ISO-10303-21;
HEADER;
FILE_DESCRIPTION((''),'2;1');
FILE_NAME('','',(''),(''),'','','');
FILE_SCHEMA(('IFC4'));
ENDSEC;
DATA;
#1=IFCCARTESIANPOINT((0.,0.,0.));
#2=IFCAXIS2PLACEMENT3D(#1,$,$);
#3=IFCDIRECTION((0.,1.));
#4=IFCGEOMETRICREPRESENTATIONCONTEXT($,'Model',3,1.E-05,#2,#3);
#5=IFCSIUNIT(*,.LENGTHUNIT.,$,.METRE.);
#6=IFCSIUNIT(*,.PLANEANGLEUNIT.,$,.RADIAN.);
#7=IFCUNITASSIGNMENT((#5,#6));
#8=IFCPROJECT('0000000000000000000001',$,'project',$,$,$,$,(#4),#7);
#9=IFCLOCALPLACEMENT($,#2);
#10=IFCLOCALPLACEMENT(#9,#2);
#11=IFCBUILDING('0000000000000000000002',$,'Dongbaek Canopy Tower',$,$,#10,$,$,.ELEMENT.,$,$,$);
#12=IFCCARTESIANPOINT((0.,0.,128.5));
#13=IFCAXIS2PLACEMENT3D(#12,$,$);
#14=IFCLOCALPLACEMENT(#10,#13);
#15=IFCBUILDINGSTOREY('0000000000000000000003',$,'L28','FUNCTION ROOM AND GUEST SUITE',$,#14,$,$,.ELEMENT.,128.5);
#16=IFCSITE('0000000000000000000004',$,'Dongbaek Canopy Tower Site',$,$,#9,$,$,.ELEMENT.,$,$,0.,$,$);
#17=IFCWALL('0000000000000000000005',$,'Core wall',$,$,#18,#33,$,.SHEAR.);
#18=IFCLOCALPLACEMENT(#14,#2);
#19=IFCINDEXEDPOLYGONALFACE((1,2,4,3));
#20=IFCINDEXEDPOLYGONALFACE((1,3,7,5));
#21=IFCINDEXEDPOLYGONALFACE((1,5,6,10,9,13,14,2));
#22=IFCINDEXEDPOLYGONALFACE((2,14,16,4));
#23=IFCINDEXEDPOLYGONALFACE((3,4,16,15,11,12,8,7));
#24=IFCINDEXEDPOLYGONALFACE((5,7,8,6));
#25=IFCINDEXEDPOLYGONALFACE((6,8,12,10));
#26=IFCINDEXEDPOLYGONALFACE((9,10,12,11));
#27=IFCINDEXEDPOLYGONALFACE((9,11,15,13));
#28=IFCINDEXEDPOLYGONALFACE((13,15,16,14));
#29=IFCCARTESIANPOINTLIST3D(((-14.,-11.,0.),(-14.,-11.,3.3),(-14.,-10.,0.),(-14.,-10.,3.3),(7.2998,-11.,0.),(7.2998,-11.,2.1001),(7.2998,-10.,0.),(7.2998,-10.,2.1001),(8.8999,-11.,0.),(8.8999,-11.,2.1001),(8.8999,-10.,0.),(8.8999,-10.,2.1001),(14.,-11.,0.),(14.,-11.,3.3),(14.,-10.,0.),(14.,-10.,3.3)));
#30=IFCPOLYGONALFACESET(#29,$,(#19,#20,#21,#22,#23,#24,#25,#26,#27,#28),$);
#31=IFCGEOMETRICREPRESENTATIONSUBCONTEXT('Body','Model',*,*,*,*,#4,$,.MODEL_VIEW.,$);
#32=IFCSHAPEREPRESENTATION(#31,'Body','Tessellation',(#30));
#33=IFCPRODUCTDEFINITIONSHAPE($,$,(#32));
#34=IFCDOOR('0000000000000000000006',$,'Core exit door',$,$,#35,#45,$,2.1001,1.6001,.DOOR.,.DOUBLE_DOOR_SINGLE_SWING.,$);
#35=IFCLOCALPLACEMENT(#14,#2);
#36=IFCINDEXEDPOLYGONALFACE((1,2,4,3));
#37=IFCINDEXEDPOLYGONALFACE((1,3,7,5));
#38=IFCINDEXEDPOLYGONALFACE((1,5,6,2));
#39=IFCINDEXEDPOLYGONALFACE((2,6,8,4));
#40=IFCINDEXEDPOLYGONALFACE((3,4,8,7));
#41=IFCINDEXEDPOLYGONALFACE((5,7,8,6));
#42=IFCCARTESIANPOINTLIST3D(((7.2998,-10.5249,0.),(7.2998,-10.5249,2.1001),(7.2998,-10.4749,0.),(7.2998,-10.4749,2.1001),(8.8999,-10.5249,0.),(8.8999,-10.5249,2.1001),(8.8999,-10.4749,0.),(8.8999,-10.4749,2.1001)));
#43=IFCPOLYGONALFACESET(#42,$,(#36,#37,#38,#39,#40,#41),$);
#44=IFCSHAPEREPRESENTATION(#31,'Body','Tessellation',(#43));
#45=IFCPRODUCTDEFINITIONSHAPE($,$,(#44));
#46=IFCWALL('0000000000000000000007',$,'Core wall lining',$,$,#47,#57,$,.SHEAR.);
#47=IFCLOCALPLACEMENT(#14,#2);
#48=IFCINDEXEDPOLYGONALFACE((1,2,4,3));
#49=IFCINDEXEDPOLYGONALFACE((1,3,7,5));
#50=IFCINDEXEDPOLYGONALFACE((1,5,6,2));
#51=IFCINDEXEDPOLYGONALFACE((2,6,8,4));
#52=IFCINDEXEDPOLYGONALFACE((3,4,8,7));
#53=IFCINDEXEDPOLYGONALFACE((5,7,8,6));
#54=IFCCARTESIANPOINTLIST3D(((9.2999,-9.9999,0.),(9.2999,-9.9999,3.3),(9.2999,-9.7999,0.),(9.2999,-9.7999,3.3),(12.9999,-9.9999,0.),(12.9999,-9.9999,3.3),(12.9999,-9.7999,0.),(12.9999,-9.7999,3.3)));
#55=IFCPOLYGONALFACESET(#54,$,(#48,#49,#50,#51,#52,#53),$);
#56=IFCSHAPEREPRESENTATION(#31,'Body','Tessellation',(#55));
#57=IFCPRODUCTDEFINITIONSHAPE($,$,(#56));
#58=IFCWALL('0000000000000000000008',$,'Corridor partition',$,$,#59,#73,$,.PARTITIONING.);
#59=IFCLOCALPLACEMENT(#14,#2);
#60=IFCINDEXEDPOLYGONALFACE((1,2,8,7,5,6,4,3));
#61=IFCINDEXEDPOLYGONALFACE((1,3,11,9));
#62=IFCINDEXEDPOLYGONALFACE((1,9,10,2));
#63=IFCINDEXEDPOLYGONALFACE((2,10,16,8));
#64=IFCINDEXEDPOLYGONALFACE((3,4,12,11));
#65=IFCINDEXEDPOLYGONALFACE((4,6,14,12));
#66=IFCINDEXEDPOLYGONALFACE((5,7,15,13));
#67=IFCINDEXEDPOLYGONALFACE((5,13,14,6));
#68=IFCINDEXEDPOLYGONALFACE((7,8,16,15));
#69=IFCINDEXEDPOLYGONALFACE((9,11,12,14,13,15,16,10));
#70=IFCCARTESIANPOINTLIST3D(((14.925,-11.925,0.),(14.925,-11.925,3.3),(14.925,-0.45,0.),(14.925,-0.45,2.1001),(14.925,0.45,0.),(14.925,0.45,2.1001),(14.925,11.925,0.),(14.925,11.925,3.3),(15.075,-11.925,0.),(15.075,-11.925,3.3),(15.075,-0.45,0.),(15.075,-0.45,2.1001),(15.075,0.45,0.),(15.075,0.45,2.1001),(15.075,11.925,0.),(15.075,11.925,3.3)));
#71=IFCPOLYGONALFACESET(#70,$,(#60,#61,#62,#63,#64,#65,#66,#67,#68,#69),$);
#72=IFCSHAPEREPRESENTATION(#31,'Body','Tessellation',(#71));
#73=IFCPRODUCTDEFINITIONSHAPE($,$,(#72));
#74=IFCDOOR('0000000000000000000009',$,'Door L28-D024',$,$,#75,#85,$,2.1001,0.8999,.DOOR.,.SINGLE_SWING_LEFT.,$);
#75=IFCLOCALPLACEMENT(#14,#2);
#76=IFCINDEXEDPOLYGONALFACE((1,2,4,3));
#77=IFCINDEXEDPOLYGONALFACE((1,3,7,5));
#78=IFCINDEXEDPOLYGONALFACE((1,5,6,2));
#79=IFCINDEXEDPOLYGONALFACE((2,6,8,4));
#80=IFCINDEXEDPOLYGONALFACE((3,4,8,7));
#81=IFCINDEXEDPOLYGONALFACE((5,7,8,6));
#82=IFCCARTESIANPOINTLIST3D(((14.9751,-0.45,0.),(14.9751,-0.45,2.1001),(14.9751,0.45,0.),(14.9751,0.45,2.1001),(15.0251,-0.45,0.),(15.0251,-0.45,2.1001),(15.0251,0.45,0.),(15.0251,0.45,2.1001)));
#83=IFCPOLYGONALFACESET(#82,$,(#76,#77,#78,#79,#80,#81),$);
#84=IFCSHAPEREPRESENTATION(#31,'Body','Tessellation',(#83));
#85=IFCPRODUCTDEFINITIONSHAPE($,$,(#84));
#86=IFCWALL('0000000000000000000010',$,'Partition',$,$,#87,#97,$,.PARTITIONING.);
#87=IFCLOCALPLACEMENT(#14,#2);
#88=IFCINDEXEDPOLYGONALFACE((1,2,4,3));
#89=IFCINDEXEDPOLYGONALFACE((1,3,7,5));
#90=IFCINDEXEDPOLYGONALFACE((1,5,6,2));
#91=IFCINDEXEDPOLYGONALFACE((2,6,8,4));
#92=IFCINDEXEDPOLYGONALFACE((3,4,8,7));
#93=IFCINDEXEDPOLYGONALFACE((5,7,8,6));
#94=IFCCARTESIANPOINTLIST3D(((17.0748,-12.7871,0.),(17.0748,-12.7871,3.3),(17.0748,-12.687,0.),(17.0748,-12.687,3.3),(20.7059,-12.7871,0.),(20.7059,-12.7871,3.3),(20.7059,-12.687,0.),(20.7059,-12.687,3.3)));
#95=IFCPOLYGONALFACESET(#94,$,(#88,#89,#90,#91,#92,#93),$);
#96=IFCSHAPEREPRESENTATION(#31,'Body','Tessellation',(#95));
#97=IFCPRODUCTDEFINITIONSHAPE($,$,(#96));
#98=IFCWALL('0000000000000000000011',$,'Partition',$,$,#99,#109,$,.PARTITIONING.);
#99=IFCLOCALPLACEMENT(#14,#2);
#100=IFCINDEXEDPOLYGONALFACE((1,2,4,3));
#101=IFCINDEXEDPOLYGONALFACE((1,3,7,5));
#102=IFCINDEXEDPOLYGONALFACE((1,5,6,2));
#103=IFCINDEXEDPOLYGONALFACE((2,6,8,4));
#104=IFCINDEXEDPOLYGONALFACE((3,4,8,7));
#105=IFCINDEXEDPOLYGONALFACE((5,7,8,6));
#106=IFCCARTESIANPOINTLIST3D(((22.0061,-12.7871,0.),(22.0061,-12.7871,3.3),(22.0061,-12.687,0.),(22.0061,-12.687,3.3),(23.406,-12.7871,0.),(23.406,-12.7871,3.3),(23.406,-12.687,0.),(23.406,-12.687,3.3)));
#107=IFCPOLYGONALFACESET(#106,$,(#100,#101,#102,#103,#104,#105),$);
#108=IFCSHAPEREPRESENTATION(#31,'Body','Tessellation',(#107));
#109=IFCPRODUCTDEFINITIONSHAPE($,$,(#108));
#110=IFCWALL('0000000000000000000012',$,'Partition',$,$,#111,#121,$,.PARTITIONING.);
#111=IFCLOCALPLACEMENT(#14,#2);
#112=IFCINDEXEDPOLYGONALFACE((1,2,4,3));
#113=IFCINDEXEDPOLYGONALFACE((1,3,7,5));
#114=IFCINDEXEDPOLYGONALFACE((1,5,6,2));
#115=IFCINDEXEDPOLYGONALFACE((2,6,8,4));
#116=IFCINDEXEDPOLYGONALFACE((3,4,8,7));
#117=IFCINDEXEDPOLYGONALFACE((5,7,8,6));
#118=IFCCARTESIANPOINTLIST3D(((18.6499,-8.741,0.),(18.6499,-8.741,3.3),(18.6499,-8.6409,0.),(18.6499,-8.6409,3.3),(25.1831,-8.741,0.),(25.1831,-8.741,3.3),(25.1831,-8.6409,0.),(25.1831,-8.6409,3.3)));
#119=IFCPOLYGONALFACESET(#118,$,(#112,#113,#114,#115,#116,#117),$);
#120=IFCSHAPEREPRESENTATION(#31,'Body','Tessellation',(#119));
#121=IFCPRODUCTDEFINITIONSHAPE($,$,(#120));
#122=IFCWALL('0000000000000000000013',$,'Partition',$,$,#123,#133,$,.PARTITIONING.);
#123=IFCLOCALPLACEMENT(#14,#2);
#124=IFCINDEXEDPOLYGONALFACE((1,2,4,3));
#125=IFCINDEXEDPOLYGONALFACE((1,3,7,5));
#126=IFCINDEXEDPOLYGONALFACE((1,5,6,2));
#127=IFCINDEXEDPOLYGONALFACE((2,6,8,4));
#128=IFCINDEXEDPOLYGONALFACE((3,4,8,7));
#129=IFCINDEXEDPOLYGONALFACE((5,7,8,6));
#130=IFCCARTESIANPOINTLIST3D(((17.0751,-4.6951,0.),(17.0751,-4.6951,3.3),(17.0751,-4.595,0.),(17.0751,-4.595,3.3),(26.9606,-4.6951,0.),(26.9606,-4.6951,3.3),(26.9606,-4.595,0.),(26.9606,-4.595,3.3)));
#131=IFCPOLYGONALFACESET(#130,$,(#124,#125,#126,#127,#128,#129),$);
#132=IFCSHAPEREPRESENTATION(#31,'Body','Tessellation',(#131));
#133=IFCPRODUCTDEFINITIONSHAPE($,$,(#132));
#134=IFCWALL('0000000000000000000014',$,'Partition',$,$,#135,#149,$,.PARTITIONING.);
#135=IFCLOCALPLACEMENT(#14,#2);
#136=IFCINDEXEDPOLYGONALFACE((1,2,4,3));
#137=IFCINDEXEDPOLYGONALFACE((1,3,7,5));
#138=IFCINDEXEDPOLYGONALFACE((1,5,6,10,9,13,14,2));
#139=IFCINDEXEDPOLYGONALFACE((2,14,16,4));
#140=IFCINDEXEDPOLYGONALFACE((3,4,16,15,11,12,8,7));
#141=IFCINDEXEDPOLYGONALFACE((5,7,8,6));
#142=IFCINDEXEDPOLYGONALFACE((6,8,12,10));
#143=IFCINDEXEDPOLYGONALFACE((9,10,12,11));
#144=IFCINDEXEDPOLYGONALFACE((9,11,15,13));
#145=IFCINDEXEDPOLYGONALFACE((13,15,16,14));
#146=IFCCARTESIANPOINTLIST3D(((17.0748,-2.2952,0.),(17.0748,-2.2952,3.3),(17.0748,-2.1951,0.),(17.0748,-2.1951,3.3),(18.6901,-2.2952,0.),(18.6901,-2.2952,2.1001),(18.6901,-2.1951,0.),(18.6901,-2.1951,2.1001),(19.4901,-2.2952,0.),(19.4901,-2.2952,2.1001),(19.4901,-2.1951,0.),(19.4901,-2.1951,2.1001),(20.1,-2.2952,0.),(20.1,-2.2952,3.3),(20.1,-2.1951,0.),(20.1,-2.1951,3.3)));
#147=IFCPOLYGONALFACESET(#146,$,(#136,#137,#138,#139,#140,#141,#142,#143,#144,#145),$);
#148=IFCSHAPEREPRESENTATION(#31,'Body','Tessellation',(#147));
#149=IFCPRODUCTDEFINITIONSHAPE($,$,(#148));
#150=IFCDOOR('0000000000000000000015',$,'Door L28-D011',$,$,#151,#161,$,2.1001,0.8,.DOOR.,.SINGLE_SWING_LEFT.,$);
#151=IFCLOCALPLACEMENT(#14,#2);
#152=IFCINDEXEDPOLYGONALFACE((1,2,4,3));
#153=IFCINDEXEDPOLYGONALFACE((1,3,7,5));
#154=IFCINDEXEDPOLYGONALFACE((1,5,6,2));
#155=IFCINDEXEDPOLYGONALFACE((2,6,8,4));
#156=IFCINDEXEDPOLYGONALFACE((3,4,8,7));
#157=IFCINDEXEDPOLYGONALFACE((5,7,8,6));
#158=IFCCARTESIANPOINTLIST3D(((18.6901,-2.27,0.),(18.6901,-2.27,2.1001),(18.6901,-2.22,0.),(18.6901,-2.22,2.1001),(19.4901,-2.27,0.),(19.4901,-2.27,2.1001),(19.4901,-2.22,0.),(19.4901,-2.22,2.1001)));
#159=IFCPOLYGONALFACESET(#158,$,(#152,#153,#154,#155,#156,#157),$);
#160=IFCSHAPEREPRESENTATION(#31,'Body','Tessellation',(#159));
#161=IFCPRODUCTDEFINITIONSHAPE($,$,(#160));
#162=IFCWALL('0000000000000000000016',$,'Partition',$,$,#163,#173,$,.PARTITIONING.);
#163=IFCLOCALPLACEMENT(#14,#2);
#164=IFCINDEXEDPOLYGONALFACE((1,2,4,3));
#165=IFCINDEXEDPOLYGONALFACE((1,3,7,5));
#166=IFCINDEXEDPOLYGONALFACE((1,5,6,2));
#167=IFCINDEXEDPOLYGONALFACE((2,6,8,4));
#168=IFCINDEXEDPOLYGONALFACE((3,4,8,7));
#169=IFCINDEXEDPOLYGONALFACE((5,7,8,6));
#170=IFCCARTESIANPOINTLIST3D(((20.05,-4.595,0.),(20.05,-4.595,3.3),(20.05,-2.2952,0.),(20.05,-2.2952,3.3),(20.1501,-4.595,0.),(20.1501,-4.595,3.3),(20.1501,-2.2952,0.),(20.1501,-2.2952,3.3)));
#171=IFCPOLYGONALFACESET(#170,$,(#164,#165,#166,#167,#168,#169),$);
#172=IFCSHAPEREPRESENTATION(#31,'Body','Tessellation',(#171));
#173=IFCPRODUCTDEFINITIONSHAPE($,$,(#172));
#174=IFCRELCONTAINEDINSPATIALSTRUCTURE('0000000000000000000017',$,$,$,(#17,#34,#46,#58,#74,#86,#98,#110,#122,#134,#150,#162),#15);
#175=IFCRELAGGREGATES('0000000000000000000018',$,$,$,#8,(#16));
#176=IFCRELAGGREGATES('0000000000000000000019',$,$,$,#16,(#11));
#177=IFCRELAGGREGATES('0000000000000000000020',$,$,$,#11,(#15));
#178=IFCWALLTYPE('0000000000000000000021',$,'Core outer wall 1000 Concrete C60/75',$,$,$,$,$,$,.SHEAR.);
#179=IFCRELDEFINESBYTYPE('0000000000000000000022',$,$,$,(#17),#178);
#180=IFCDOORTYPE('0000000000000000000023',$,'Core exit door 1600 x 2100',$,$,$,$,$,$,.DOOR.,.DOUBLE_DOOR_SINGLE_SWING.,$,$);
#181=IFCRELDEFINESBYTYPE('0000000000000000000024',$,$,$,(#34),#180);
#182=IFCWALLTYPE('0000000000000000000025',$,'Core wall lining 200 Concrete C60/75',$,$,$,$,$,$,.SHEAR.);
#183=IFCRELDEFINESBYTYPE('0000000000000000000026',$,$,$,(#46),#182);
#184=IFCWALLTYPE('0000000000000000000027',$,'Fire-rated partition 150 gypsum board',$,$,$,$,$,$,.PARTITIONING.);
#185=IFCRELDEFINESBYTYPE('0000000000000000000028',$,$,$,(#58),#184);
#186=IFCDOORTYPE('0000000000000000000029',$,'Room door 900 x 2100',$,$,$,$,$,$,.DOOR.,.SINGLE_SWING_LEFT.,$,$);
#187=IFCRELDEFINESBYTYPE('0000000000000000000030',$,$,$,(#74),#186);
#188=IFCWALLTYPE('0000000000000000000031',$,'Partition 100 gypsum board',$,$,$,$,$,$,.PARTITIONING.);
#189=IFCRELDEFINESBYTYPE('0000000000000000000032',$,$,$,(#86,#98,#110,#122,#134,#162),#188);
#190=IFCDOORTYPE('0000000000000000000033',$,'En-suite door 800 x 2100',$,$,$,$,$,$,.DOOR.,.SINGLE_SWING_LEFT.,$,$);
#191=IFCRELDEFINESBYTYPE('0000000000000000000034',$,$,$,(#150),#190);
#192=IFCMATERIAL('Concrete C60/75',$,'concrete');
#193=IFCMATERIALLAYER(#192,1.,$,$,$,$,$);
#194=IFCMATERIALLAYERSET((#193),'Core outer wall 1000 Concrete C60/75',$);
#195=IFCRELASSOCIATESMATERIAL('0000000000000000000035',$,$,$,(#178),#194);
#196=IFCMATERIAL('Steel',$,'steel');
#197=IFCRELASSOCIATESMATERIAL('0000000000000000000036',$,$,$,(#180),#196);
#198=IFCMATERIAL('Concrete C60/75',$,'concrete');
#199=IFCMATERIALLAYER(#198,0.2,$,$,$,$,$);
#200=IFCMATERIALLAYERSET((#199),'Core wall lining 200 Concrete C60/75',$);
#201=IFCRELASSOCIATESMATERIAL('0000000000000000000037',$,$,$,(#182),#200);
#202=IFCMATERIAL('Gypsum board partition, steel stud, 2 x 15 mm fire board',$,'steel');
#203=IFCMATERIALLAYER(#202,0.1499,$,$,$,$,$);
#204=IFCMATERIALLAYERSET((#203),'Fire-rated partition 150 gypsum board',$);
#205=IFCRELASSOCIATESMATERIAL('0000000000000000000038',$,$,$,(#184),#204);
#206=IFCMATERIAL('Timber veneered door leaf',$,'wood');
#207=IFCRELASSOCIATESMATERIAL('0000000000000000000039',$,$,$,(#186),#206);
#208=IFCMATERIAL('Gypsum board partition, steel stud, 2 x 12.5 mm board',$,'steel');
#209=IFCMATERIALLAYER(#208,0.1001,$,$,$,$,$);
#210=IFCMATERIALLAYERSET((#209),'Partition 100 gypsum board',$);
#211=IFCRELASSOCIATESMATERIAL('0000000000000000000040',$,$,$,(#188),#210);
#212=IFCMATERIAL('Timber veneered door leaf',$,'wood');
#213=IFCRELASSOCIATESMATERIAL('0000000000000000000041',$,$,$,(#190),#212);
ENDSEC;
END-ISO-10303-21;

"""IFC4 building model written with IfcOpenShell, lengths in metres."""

from ifc_helpers import new_model, si_unit, direction, frame, frame_2d, origin, place, context, subcontext, project, spatial, rectangle, extrude, material, layer, layer_set, type_object, element, fill, save


model = new_model("IFC4")

# Units and contexts
model_context = context("Model", 3, precision=1e-05, world=origin(), true_north=direction((0.0, 1.0)))
body_context = subcontext(model_context, "Body", "Model", "MODEL_VIEW")
ifc_project = project(units=[si_unit("LENGTHUNIT", "METRE"), si_unit("PLANEANGLEUNIT", "RADIAN")], contexts=[model_context])

# Site, building, storey
site_placement = place(None, origin())
site = spatial("IfcSite", under=ifc_project, at=site_placement, Name="Dongbaek Canopy Tower Site", CompositionType="ELEMENT", RefElevation=0.0)
building_placement = place(site_placement, origin())
building = spatial("IfcBuilding", under=site, at=building_placement, Name="Dongbaek Canopy Tower", CompositionType="ELEMENT")
storey_placement = place(building_placement, frame((0.0, 0.0, 128.5)))
storey = spatial("IfcBuildingStorey", under=building, at=storey_placement, Name="L28", Description="FUNCTION ROOM AND GUEST SUITE", CompositionType="ELEMENT", Elevation=128.5)

# Wall, opening, door
ifc_material_1 = material(Name="Concrete C60/75", Category="concrete")
ifc_layer_1 = layer(ifc_material_1, 1.0)
ifc_layer_set_1 = layer_set([ifc_layer_1], Name="Core outer wall 1000 Concrete C60/75")
wall_type_1 = type_object("IfcWallType", Name="Core outer wall 1000 Concrete C60/75", PredefinedType="SHEAR", material=ifc_layer_set_1)
wall_1_placement = place(storey_placement, frame((14.0, -10.5, 0.0), z_axis=(0.0, 0.0, 1.0), x_axis=(-1.0, 0.0, 0.0)))
wall_1 = element("IfcWall", 1, at=wall_1_placement, inside=storey, type_object=wall_type_1, Name="Core wall", PredefinedType="SHEAR", context=body_context, shape_type="SweptSolid", body=[
    extrude(rectangle(XDim=28.0, YDim=1.0, at=frame_2d((14.0, 0.0))), origin(), (0.0, 0.0, 1.0), 3.3),
])
opening_1_placement = place(wall_1_placement, frame((5.1001, 0.0, 0.0)))
opening_1 = element("IfcOpeningElement", 2, at=opening_1_placement, cuts=wall_1, PredefinedType="OPENING", context=body_context, shape_type="SweptSolid", body=[
    extrude(rectangle(XDim=1.6001, YDim=2.1001, at=frame_2d((0.8, 1.05))), frame((0.0, 0.51, 0.0), z_axis=(0.0, -1.0, 0.0), x_axis=(1.0, 0.0, 0.0)), (0.0, 0.0, 1.0), 1.02),
])
ifc_material_2 = material(Name="Steel", Category="steel")
door_type_1 = type_object("IfcDoorType", Name="Core exit door 1600 x 2100", OperationType="DOUBLE_DOOR_SINGLE_SWING", PredefinedType="DOOR", material=ifc_material_2)
door_1_placement = place(opening_1_placement, origin())
door_1 = element("IfcDoor", 3, at=door_1_placement, inside=storey, type_object=door_type_1, Name="Core exit door", OperationType="DOUBLE_DOOR_SINGLE_SWING", OverallHeight=2.1001, OverallWidth=1.6001, PredefinedType="DOOR", context=body_context, shape_type="SweptSolid", body=[
    extrude(rectangle(XDim=1.6001, YDim=2.1001, at=frame_2d((0.8, 1.05))), frame((0.0, 0.0249, 0.0), z_axis=(0.0, -1.0, 0.0), x_axis=(1.0, 0.0, 0.0)), (0.0, 0.0, 1.0), 0.05),
])
fill(opening_1, door_1)

# Wall
ifc_material_3 = material(Name="Concrete C60/75", Category="concrete")
ifc_layer_2 = layer(ifc_material_3, 0.2)
ifc_layer_set_2 = layer_set([ifc_layer_2], Name="Core wall lining 200 Concrete C60/75")
wall_type_2 = type_object("IfcWallType", Name="Core wall lining 200 Concrete C60/75", PredefinedType="SHEAR", material=ifc_layer_set_2)
wall_2_placement = place(storey_placement, frame((13.0, -9.8999, 0.0), z_axis=(0.0, 0.0, 1.0), x_axis=(-1.0, 0.0, 0.0)))
element("IfcWall", 4, at=wall_2_placement, inside=storey, type_object=wall_type_2, Name="Core wall lining", PredefinedType="SHEAR", context=body_context, shape_type="SweptSolid", body=[
    extrude(rectangle(XDim=3.7, YDim=0.2, at=frame_2d((1.8501, 0.0))), origin(), (0.0, 0.0, 1.0), 3.3),
])

# Wall, opening, door
ifc_material_4 = material(Name="Gypsum board partition, steel stud, 2 x 15 mm fire board", Category="steel")
ifc_layer_3 = layer(ifc_material_4, 0.1499)
ifc_layer_set_3 = layer_set([ifc_layer_3], Name="Fire-rated partition 150 gypsum board")
wall_type_3 = type_object("IfcWallType", Name="Fire-rated partition 150 gypsum board", PredefinedType="PARTITIONING", material=ifc_layer_set_3)
wall_3_placement = place(storey_placement, frame((15.0, -11.925, 0.0), z_axis=(0.0, 0.0, 1.0), x_axis=(0.0, 1.0, 0.0)))
wall_3 = element("IfcWall", 5, at=wall_3_placement, inside=storey, type_object=wall_type_3, Name="Corridor partition", PredefinedType="PARTITIONING", context=body_context, shape_type="SweptSolid", body=[
    extrude(rectangle(XDim=23.8501, YDim=0.1499, at=frame_2d((11.925, 0.0))), origin(), (0.0, 0.0, 1.0), 3.3),
])
opening_2_placement = place(wall_3_placement, frame((11.4751, 0.0, 0.0)))
opening_2 = element("IfcOpeningElement", 6, at=opening_2_placement, cuts=wall_3, PredefinedType="OPENING", context=body_context, shape_type="SweptSolid", body=[
    extrude(rectangle(XDim=0.8999, YDim=2.1001, at=frame_2d((0.45, 1.05))), frame((0.0, 0.085, 0.0), z_axis=(0.0, -1.0, 0.0), x_axis=(1.0, 0.0, 0.0)), (0.0, 0.0, 1.0), 0.1699),
])
ifc_material_5 = material(Name="Timber veneered door leaf", Category="wood")
door_type_2 = type_object("IfcDoorType", Name="Room door 900 x 2100", OperationType="SINGLE_SWING_LEFT", PredefinedType="DOOR", material=ifc_material_5)
door_2_placement = place(opening_2_placement, origin())
door_2 = element("IfcDoor", 7, at=door_2_placement, inside=storey, type_object=door_type_2, Name="Door L28-D024", OperationType="SINGLE_SWING_LEFT", OverallHeight=2.1001, OverallWidth=0.8999, PredefinedType="DOOR", context=body_context, shape_type="SweptSolid", body=[
    extrude(rectangle(XDim=0.8999, YDim=2.1001, at=frame_2d((0.45, 1.05))), frame((0.0, 0.0249, 0.0), z_axis=(0.0, -1.0, 0.0), x_axis=(1.0, 0.0, 0.0)), (0.0, 0.0, 1.0), 0.05),
])
fill(opening_2, door_2)

# Walls
ifc_material_6 = material(Name="Gypsum board partition, steel stud, 2 x 12.5 mm board", Category="steel")
ifc_layer_4 = layer(ifc_material_6, 0.1001)
ifc_layer_set_4 = layer_set([ifc_layer_4], Name="Partition 100 gypsum board")
wall_type_4 = type_object("IfcWallType", Name="Partition 100 gypsum board", PredefinedType="PARTITIONING", material=ifc_layer_set_4)
wall_4_placement = place(storey_placement, frame((17.075, -12.7371, 0.0), z_axis=(0.0, 0.0, 1.0), x_axis=(1.0, 0.0, 0.0)))
element("IfcWall", 8, at=wall_4_placement, inside=storey, type_object=wall_type_4, Name="Partition", PredefinedType="PARTITIONING", context=body_context, shape_type="SweptSolid", body=[
    extrude(rectangle(XDim=3.6311, YDim=0.1001, at=frame_2d((1.8154, 0.0))), origin(), (0.0, 0.0, 1.0), 3.3),
])
wall_5_placement = place(storey_placement, frame((22.0061, -12.7371, 0.0), z_axis=(0.0, 0.0, 1.0), x_axis=(1.0, 0.0, 0.0)))
element("IfcWall", 9, at=wall_5_placement, inside=storey, type_object=wall_type_4, Name="Partition", PredefinedType="PARTITIONING", context=body_context, shape_type="SweptSolid", body=[
    extrude(rectangle(XDim=1.3999, YDim=0.1001, at=frame_2d((0.7, 0.0))), origin(), (0.0, 0.0, 1.0), 3.3),
])
wall_6_placement = place(storey_placement, frame((18.6499, -8.6909, 0.0), z_axis=(0.0, 0.0, 1.0), x_axis=(1.0, 0.0, 0.0)))
element("IfcWall", 10, at=wall_6_placement, inside=storey, type_object=wall_type_4, Name="Partition", PredefinedType="PARTITIONING", context=body_context, shape_type="SweptSolid", body=[
    extrude(rectangle(XDim=6.5332, YDim=0.1001, at=frame_2d((3.2666, 0.0))), origin(), (0.0, 0.0, 1.0), 3.3),
])
wall_7_placement = place(storey_placement, frame((17.075, -4.645, 0.0), z_axis=(0.0, 0.0, 1.0), x_axis=(1.0, 0.0, 0.0)))
element("IfcWall", 11, at=wall_7_placement, inside=storey, type_object=wall_type_4, Name="Partition", PredefinedType="PARTITIONING", context=body_context, shape_type="SweptSolid", body=[
    extrude(rectangle(XDim=9.8855, YDim=0.1001, at=frame_2d((4.9429, 0.0))), origin(), (0.0, 0.0, 1.0), 3.3),
])

# Wall, opening, door
wall_8_placement = place(storey_placement, frame((20.1001, -2.2451, 0.0), z_axis=(0.0, 0.0, 1.0), x_axis=(-1.0, 0.0, 0.0)))
wall_8 = element("IfcWall", 12, at=wall_8_placement, inside=storey, type_object=wall_type_4, Name="Partition", PredefinedType="PARTITIONING", context=body_context, shape_type="SweptSolid", body=[
    extrude(rectangle(XDim=3.0251, YDim=0.1001, at=frame_2d((1.5127, 0.0))), origin(), (0.0, 0.0, 1.0), 3.3),
])
opening_3_placement = place(wall_8_placement, frame((0.6101, 0.0, 0.0)))
opening_3 = element("IfcOpeningElement", 13, at=opening_3_placement, cuts=wall_8, PredefinedType="OPENING", context=body_context, shape_type="SweptSolid", body=[
    extrude(rectangle(XDim=0.8, YDim=2.1001, at=frame_2d((0.3999, 1.05))), frame((0.0, 0.0601, 0.0), z_axis=(0.0, -1.0, 0.0), x_axis=(1.0, 0.0, 0.0)), (0.0, 0.0, 1.0), 0.1201),
])
ifc_material_7 = material(Name="Timber veneered door leaf", Category="wood")
door_type_3 = type_object("IfcDoorType", Name="En-suite door 800 x 2100", OperationType="SINGLE_SWING_LEFT", PredefinedType="DOOR", material=ifc_material_7)
door_3_placement = place(opening_3_placement, origin())
door_3 = element("IfcDoor", 14, at=door_3_placement, inside=storey, type_object=door_type_3, Name="Door L28-D011", OperationType="SINGLE_SWING_LEFT", OverallHeight=2.1001, OverallWidth=0.8, PredefinedType="DOOR", context=body_context, shape_type="SweptSolid", body=[
    extrude(rectangle(XDim=0.8, YDim=2.1001, at=frame_2d((0.3999, 1.05))), frame((0.0, 0.0249, 0.0), z_axis=(0.0, -1.0, 0.0), x_axis=(1.0, 0.0, 0.0)), (0.0, 0.0, 1.0), 0.05),
])
fill(opening_3, door_3)

# Wall
wall_9_placement = place(storey_placement, frame((20.1001, -4.595, 0.0), z_axis=(0.0, 0.0, 1.0), x_axis=(0.0, 1.0, 0.0)))
element("IfcWall", 15, at=wall_9_placement, inside=storey, type_object=wall_type_4, Name="Partition", PredefinedType="PARTITIONING", context=body_context, shape_type="SweptSolid", body=[
    extrude(rectangle(XDim=2.2998, YDim=0.1001, at=frame_2d((1.1499, 0.0))), origin(), (0.0, 0.0, 1.0), 3.3),
])

save(model, "model.ifc")
